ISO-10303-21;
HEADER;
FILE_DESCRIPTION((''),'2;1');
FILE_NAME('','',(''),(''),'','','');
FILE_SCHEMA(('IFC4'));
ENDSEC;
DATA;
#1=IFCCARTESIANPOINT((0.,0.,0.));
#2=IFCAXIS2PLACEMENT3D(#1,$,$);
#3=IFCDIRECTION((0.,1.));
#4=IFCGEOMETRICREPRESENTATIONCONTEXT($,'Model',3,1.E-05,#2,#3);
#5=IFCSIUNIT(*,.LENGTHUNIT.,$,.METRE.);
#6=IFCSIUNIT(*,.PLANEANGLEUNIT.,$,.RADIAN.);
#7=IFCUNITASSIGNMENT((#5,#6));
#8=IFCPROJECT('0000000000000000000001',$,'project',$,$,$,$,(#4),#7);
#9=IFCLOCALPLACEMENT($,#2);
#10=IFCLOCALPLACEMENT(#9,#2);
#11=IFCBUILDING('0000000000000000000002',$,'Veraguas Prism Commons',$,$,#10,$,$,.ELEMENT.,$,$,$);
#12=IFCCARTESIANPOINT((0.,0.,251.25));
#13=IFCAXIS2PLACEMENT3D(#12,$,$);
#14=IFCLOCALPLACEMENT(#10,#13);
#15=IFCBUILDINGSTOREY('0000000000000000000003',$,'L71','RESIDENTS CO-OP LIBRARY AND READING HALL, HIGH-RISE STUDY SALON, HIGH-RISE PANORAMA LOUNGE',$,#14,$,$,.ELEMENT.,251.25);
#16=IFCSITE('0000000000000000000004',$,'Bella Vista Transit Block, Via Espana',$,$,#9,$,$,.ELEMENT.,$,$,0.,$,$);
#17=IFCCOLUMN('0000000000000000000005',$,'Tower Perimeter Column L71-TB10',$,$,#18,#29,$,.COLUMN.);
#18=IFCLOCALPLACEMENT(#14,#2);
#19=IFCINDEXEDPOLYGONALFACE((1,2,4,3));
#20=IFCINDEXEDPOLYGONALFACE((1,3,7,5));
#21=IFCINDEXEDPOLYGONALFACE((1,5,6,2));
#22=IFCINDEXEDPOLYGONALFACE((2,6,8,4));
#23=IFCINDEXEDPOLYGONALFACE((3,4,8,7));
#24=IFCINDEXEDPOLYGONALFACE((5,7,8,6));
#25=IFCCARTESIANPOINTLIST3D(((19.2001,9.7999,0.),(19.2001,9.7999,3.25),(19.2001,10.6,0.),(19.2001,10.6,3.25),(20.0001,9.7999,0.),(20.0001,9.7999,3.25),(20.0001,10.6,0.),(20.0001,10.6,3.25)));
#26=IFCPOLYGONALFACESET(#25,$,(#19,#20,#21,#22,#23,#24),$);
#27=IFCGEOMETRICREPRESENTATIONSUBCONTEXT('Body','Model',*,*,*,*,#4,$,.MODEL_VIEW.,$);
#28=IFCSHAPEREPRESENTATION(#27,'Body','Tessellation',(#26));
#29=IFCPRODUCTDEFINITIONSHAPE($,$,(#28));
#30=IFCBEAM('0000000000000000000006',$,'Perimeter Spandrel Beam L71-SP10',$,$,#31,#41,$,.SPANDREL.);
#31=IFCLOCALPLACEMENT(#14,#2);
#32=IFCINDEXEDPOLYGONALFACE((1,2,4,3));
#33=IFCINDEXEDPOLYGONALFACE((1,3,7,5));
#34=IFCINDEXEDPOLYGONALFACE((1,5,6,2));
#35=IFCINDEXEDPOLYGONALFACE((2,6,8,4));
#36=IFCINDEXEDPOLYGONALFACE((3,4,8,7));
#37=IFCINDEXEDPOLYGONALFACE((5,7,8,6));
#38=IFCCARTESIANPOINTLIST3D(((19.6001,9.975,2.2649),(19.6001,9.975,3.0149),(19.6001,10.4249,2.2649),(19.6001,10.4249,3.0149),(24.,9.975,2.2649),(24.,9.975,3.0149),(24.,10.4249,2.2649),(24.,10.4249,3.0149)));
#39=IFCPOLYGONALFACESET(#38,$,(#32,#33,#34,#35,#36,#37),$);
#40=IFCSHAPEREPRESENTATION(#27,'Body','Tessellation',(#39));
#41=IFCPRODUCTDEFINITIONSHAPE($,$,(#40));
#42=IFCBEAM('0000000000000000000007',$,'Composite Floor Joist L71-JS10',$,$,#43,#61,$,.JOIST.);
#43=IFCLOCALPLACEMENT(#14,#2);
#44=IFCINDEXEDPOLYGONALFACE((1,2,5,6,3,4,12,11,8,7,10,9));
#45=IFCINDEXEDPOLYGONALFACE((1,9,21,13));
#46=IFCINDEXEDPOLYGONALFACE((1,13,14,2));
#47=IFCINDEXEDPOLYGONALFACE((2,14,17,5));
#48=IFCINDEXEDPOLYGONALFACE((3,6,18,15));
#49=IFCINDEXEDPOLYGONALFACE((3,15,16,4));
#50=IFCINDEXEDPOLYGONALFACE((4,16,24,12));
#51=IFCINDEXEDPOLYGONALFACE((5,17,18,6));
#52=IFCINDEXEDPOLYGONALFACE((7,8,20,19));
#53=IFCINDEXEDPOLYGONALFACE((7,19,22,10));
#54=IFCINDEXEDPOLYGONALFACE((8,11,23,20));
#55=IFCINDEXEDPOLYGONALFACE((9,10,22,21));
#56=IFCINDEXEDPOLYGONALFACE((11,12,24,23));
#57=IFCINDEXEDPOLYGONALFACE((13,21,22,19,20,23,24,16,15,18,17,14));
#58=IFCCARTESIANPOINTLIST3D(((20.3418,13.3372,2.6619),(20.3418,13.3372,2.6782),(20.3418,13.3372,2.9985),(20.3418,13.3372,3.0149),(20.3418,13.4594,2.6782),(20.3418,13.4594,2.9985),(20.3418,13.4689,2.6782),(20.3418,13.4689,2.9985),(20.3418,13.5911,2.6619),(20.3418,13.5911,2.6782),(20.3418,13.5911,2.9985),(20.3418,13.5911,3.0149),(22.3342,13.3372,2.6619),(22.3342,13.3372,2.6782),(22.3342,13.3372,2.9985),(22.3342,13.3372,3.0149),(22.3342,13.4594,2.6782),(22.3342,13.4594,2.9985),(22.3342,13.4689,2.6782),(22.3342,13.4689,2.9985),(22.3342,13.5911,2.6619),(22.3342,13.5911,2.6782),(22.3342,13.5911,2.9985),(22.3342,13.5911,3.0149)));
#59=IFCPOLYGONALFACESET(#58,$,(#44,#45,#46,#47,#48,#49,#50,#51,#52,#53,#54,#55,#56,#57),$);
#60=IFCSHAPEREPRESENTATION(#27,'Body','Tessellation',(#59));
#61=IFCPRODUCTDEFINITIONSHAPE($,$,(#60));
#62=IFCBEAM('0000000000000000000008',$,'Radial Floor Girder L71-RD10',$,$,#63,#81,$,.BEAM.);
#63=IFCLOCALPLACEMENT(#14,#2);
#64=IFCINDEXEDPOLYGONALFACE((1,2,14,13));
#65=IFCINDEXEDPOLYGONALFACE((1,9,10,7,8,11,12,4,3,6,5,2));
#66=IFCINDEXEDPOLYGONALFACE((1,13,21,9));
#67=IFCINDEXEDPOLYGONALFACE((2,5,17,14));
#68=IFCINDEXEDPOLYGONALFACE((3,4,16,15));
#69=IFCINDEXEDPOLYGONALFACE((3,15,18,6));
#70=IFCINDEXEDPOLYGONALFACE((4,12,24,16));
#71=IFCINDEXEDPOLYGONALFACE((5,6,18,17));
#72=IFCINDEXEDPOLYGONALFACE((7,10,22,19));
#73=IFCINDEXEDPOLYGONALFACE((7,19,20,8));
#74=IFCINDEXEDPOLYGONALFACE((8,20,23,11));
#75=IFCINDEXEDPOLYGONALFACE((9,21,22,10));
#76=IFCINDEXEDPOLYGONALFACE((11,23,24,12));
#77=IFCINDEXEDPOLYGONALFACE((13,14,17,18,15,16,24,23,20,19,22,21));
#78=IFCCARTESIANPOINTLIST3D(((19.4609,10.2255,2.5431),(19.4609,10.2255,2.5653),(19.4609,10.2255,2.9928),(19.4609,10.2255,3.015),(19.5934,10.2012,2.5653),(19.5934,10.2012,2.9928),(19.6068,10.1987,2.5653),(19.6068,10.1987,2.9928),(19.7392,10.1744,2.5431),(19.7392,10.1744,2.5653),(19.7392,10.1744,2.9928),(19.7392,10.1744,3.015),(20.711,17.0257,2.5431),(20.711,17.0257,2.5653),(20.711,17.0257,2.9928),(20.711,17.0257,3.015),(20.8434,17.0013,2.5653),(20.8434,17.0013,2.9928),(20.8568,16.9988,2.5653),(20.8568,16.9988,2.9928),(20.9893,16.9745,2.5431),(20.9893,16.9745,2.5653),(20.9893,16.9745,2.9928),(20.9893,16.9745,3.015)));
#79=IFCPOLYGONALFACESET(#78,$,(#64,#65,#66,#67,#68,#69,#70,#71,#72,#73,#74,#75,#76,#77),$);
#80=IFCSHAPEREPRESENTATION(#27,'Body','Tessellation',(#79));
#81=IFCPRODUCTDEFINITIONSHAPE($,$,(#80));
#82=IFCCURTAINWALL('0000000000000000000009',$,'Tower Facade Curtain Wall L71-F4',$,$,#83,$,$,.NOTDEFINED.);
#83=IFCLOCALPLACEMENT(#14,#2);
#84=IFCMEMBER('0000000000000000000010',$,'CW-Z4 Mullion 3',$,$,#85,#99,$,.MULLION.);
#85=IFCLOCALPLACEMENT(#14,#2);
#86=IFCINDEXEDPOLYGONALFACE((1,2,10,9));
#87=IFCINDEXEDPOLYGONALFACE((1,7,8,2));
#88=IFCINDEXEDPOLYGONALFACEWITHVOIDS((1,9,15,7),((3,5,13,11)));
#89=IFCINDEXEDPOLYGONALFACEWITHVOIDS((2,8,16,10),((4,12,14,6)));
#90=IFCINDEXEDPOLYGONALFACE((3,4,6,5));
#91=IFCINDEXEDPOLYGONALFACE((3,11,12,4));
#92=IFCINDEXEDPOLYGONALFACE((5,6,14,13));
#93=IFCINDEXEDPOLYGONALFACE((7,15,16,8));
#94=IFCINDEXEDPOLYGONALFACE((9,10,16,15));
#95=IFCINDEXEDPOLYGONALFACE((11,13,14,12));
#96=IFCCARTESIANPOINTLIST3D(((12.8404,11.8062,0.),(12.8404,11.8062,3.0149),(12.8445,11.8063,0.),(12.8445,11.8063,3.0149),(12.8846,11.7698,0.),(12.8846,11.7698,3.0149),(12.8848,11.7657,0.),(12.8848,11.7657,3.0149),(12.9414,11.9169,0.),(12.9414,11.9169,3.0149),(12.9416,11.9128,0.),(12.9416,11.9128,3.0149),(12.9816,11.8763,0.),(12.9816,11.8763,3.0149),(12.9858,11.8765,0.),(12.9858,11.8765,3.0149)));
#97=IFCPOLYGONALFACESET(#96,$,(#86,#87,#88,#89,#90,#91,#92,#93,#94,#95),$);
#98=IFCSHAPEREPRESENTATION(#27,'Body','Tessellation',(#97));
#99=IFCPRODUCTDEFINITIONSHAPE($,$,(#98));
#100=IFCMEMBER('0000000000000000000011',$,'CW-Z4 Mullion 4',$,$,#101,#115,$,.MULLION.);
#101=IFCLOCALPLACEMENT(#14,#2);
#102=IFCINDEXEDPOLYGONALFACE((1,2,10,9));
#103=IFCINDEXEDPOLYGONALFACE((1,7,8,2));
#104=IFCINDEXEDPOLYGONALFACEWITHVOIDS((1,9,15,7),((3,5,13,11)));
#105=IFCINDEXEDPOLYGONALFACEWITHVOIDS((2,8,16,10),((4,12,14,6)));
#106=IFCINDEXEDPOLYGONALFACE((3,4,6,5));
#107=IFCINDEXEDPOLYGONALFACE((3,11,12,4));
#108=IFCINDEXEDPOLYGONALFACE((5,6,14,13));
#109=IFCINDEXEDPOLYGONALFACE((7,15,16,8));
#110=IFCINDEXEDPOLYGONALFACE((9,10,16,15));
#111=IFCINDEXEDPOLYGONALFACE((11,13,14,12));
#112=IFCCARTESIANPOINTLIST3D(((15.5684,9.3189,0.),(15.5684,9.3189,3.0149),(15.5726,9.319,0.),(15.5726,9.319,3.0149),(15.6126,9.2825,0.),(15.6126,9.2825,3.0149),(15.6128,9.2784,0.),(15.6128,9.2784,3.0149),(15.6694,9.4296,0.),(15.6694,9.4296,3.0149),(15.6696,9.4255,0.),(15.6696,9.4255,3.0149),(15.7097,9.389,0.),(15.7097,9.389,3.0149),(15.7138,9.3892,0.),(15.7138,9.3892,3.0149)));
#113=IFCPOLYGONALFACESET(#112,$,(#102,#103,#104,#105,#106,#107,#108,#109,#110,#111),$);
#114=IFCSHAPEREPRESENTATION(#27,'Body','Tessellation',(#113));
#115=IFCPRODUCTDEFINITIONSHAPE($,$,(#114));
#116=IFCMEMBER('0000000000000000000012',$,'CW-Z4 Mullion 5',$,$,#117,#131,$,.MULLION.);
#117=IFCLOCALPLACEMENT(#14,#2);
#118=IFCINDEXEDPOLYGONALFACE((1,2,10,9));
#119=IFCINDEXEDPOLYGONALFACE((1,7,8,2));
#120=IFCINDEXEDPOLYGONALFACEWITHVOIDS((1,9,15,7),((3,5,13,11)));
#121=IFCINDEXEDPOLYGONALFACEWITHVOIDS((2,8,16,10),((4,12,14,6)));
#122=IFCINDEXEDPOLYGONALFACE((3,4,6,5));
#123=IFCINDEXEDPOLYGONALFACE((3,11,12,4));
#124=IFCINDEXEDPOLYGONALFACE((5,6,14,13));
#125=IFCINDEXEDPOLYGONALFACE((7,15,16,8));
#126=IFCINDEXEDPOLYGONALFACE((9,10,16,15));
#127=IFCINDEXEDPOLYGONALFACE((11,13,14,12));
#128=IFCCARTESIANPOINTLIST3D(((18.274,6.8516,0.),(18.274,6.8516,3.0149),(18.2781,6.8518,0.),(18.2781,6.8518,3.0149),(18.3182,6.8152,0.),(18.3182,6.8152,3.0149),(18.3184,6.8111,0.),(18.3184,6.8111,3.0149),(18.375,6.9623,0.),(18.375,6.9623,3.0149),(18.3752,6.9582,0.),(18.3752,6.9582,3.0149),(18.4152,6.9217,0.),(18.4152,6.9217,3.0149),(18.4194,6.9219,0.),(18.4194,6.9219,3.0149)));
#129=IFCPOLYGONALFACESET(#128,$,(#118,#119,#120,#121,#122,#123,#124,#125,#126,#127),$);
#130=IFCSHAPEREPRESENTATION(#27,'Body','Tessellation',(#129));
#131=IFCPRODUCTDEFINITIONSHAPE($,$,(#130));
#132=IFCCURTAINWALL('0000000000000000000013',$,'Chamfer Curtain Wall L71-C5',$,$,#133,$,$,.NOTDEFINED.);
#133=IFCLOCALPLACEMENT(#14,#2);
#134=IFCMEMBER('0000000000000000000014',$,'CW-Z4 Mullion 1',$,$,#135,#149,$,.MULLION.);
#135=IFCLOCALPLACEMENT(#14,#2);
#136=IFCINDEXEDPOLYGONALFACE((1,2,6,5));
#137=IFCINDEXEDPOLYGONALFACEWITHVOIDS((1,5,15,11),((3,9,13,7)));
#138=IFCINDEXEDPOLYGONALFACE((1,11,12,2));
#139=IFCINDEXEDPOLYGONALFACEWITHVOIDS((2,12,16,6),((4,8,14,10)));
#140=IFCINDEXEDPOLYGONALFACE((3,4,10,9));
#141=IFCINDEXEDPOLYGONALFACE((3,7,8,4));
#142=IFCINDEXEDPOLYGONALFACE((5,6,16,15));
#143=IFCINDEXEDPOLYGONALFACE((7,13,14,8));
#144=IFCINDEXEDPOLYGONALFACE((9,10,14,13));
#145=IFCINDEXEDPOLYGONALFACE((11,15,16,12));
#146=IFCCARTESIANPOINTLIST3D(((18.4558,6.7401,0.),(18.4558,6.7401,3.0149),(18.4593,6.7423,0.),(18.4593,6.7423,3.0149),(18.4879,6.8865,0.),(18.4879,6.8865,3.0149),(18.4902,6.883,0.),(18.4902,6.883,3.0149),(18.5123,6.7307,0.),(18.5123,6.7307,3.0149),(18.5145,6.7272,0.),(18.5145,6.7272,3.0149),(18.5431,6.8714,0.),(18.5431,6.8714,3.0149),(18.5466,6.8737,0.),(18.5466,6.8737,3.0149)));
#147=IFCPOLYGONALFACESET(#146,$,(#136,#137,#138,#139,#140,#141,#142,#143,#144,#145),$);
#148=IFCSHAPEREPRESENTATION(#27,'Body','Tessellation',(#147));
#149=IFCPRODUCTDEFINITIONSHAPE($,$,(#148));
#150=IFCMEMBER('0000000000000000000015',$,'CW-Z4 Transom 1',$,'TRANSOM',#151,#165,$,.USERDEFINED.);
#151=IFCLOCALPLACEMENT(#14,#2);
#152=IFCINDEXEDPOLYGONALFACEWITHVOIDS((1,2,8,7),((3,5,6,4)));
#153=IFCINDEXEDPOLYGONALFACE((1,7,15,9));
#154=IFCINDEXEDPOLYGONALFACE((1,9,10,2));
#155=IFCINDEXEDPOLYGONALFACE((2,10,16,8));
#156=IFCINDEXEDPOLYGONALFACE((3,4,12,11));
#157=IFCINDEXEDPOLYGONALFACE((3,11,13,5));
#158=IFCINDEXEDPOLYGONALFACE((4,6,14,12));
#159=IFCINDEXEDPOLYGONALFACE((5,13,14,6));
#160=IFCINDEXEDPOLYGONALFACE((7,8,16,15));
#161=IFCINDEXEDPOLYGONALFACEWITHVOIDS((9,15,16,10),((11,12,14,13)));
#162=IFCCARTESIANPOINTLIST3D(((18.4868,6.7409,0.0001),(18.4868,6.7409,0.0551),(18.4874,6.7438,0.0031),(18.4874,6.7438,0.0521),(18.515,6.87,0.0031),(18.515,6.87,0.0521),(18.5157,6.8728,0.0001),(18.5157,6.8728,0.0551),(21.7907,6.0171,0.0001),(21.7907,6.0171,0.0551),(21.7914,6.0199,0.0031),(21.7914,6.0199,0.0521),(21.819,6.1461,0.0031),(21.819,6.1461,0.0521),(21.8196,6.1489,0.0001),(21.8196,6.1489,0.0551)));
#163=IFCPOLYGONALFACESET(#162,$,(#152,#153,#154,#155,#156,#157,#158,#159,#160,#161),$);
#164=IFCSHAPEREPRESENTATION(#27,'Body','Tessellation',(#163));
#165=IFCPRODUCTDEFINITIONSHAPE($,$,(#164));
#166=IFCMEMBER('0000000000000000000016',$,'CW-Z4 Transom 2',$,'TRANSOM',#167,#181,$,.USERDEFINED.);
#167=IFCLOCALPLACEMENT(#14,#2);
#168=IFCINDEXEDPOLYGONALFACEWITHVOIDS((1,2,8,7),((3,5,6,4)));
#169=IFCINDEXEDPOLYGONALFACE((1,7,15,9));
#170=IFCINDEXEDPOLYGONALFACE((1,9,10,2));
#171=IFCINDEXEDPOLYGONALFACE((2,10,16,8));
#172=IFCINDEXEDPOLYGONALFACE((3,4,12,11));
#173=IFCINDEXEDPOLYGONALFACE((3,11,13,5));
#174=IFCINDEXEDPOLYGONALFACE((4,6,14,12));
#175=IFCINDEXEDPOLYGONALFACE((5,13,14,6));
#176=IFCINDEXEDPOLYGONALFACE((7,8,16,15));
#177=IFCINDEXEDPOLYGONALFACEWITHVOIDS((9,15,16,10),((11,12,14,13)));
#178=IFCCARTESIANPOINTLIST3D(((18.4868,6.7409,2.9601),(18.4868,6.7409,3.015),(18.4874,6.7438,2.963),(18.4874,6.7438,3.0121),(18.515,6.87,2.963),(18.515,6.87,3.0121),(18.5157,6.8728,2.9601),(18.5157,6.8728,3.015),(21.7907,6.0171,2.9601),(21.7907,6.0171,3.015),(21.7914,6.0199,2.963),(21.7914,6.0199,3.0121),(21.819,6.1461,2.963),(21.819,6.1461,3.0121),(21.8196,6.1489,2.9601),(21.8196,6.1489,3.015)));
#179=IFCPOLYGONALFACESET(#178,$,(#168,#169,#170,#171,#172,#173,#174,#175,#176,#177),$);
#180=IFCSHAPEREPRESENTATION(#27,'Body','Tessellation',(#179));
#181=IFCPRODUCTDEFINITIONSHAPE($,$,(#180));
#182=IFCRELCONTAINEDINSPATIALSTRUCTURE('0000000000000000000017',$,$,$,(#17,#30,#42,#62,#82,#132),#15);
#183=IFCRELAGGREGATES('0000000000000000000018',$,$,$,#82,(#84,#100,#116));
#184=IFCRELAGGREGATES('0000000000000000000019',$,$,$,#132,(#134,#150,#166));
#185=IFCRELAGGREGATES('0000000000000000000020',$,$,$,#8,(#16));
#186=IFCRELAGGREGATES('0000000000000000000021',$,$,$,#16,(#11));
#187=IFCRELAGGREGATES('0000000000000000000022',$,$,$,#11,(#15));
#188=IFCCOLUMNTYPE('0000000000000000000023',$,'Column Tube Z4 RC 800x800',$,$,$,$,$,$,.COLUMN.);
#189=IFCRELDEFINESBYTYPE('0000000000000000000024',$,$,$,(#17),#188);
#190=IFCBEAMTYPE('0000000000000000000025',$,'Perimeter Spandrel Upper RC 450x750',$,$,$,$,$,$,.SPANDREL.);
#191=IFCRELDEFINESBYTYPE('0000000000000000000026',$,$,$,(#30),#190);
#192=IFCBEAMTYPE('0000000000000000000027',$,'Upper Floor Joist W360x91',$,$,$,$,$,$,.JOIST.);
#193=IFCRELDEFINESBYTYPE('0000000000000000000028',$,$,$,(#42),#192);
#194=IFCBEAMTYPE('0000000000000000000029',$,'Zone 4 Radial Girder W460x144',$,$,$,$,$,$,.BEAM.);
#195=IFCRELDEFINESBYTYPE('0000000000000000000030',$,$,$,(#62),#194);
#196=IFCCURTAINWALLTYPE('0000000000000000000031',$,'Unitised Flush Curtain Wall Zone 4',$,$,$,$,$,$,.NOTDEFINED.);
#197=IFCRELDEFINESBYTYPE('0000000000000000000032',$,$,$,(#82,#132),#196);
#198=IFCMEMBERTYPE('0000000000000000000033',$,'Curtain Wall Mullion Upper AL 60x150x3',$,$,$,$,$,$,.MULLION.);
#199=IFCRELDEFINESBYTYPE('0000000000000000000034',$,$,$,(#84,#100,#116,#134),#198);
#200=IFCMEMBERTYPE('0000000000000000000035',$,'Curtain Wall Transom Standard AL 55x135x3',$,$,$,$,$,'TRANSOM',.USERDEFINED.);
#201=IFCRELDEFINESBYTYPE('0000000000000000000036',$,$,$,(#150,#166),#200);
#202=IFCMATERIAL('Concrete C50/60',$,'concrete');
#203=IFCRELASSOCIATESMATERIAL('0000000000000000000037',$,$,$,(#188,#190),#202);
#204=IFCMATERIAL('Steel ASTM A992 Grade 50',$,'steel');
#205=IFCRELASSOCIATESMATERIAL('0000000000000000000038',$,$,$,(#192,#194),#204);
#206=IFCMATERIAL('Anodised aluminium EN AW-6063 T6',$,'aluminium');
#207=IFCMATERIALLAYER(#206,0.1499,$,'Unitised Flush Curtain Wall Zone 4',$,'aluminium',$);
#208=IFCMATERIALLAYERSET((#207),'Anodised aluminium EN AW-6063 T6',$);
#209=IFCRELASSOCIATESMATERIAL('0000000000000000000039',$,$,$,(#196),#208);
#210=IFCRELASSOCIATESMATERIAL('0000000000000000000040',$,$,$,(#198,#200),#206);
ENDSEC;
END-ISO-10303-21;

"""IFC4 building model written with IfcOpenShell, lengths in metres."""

from ifc_helpers import new_model, si_unit, direction, frame, origin, origin_2d, place, context, subcontext, project, spatial, rectangle, hollow_rectangle, i_section, extrude, source, transform, mapped, material, layer, layer_set, material_profile, profile_set, type_object, element, aggregate, save


model = new_model("IFC4")

# Units and contexts
model_context = context("Model", 3, precision=1e-05, world=origin(), true_north=direction((0.0, 1.0)))
body_context = subcontext(model_context, "Body", "Model", "MODEL_VIEW")
ifc_project = project(units=[si_unit("LENGTHUNIT", "METRE"), si_unit("PLANEANGLEUNIT", "RADIAN")], contexts=[model_context])

# Site, building, storey
site_placement = place(None, origin())
site = spatial("IfcSite", under=ifc_project, at=site_placement, Name="Bella Vista Transit Block, Via Espana", CompositionType="ELEMENT", RefElevation=0.0)
building_placement = place(site_placement, origin())
building = spatial("IfcBuilding", under=site, at=building_placement, Name="Veraguas Prism Commons", CompositionType="ELEMENT")
storey_placement = place(building_placement, frame((0.0, 0.0, 251.25)))
storey = spatial("IfcBuildingStorey", under=building, at=storey_placement, Name="L71", Description="RESIDENTS CO-OP LIBRARY AND READING HALL, HIGH-RISE STUDY SALON, HIGH-RISE PANORAMA LOUNGE", CompositionType="ELEMENT", Elevation=251.25)

# Column
ifc_material_1 = material(Name="Concrete C50/60", Category="concrete")
ifc_material_profile_1 = material_profile(ifc_material_1, rectangle(XDim=0.8, YDim=0.8, at=origin_2d()), Name="RC800X800")
ifc_profile_set_1 = profile_set([ifc_material_profile_1], Name="Concrete C50/60")
column_type = type_object("IfcColumnType", Name="Column Tube Z4 RC 800x800", PredefinedType="COLUMN", material=ifc_profile_set_1)
column_placement = place(storey_placement, frame((19.6001, 10.2, 0.0), z_axis=(0.0, 0.0, 1.0), x_axis=(1.0, 0.0, 0.0)))
element("IfcColumn", 1, at=column_placement, inside=storey, type_object=column_type, Name="Tower Perimeter Column L71-TB10", PredefinedType="COLUMN", context=body_context, shape_type="SweptSolid", body=[
    extrude(rectangle(XDim=0.8, YDim=0.8, at=origin_2d()), origin(), (0.0, 0.0, 1.0), 3.25),
])

# Beams
ifc_material_profile_2 = material_profile(ifc_material_1, rectangle(XDim=0.45, YDim=0.75, at=origin_2d()), Name="RC450X750")
ifc_profile_set_2 = profile_set([ifc_material_profile_2], Name="Concrete C50/60")
beam_type_1 = type_object("IfcBeamType", Name="Perimeter Spandrel Upper RC 450x750", PredefinedType="SPANDREL", material=ifc_profile_set_2)
beam_1_placement = place(storey_placement, frame((19.6001, 10.2, 2.6399), z_axis=(1.0, 0.0, 0.0), x_axis=(0.0, 1.0, 0.0)))
element("IfcBeam", 2, at=beam_1_placement, inside=storey, type_object=beam_type_1, Name="Perimeter Spandrel Beam L71-SP10", PredefinedType="SPANDREL", context=body_context, shape_type="SweptSolid", body=[
    extrude(rectangle(XDim=0.45, YDim=0.75, at=origin_2d()), origin(), (0.0, 0.0, 1.0), 4.3999),
])
ifc_material_2 = material(Name="Steel ASTM A992 Grade 50", Category="steel")
ifc_material_profile_3 = material_profile(ifc_material_2, i_section(OverallWidth=0.2539, OverallDepth=0.353, WebThickness=0.0095, FlangeThickness=0.0164, at=origin_2d()), Name="W360X91")
ifc_profile_set_3 = profile_set([ifc_material_profile_3], Name="Steel ASTM A992 Grade 50")
beam_type_2 = type_object("IfcBeamType", Name="Upper Floor Joist W360x91", PredefinedType="JOIST", material=ifc_profile_set_3)
beam_2_placement = place(storey_placement, frame((20.3418, 13.4641, 2.8384), z_axis=(1.0, 0.0, 0.0), x_axis=(0.0, 1.0, 0.0)))
element("IfcBeam", 3, at=beam_2_placement, inside=storey, type_object=beam_type_2, Name="Composite Floor Joist L71-JS10", PredefinedType="JOIST", context=body_context, shape_type="SweptSolid", body=[
    extrude(i_section(OverallWidth=0.2539, OverallDepth=0.353, WebThickness=0.0095, FlangeThickness=0.0164, at=origin_2d()), origin(), (0.0, 0.0, 1.0), 1.9924),
])
ifc_material_profile_4 = material_profile(ifc_material_2, i_section(OverallWidth=0.283, OverallDepth=0.4719, WebThickness=0.0137, FlangeThickness=0.0222, at=origin_2d()), Name="W460X144")
ifc_profile_set_4 = profile_set([ifc_material_profile_4], Name="Steel ASTM A992 Grade 50")
beam_type_3 = type_object("IfcBeamType", Name="Zone 4 Radial Girder W460x144", PredefinedType="BEAM", material=ifc_profile_set_4)
beam_3_placement = place(storey_placement, frame((19.6001, 10.2, 2.7791), z_axis=(0.180793, 0.983521, 0.0), x_axis=(-0.983521, 0.180793, 0.0)))
element("IfcBeam", 4, at=beam_3_placement, inside=storey, type_object=beam_type_3, Name="Radial Floor Girder L71-RD10", PredefinedType="BEAM", context=body_context, shape_type="SweptSolid", body=[
    extrude(i_section(OverallWidth=0.283, OverallDepth=0.4719, WebThickness=0.0137, FlangeThickness=0.0222, at=origin_2d()), origin(), (0.0, 0.0, 1.0), 6.9141),
])

# Curtain walls, members
ifc_material_3 = material(Name="Anodised aluminium EN AW-6063 T6", Category="aluminium")
ifc_layer_1 = layer(ifc_material_3, 0.1499, Name="Unitised Flush Curtain Wall Zone 4", Category="aluminium")
ifc_layer_set_1 = layer_set([ifc_layer_1], Name="Anodised aluminium EN AW-6063 T6")
curtain_wall_type = type_object("IfcCurtainWallType", Name="Unitised Flush Curtain Wall Zone 4", PredefinedType="NOTDEFINED", material=ifc_layer_set_1)
curtain_wall_1_placement = place(storey_placement, origin())
curtain_wall_1 = element("IfcCurtainWall", 5, at=curtain_wall_1_placement, inside=storey, type_object=curtain_wall_type, Name="Tower Facade Curtain Wall L71-F4", PredefinedType="NOTDEFINED")
ifc_material_profile_5 = material_profile(ifc_material_3, hollow_rectangle(XDim=0.0601, YDim=0.1499, WallThickness=0.0029, at=origin_2d()), Name="AL60X150X3")
ifc_profile_set_5 = profile_set([ifc_material_profile_5], Name="Anodised aluminium EN AW-6063 T6")
member_type_1 = type_object("IfcMemberType", Name="Curtain Wall Mullion Upper AL 60x150x3", PredefinedType="MULLION", material=ifc_profile_set_5)
shared_shape_1 = source(origin(), body_context, "Body", "SweptSolid", [
    extrude(hollow_rectangle(XDim=0.0601, YDim=0.1499, WallThickness=0.0029, at=origin_2d()), origin(), (0.0, 0.0, 1.0), 3.0149),
])
member_1_placement = place(storey_placement, frame((12.9131, 11.8413, 0.0), z_axis=(0.0, 0.0, 1.0), x_axis=(0.738926, -0.673787, 0.0)))
member_1 = element("IfcMember", 6, at=member_1_placement, type_object=member_type_1, Name="CW-Z4 Mullion 3", PredefinedType="MULLION", context=body_context, shape_type="MappedRepresentation", body=[
    mapped(shared_shape_1, transform((0.0, 0.0, 0.0), scale=1.0)),
])
member_2_placement = place(storey_placement, frame((15.6411, 9.354, 0.0), z_axis=(0.0, 0.0, 1.0), x_axis=(0.738926, -0.673787, 0.0)))
member_2 = element("IfcMember", 7, at=member_2_placement, type_object=member_type_1, Name="CW-Z4 Mullion 4", PredefinedType="MULLION", context=body_context, shape_type="MappedRepresentation", body=[
    mapped(shared_shape_1, transform((0.0, 0.0, 0.0), scale=1.0)),
])
member_3_placement = place(storey_placement, frame((18.3467, 6.8867, 0.0), z_axis=(0.0, 0.0, 1.0), x_axis=(0.738926, -0.673787, 0.0)))
member_3 = element("IfcMember", 8, at=member_3_placement, type_object=member_type_1, Name="CW-Z4 Mullion 5", PredefinedType="MULLION", context=body_context, shape_type="MappedRepresentation", body=[
    mapped(shared_shape_1, transform((0.0, 0.0, 0.0), scale=1.0)),
])
curtain_wall_2_placement = place(storey_placement, origin())
curtain_wall_2 = element("IfcCurtainWall", 9, at=curtain_wall_2_placement, inside=storey, type_object=curtain_wall_type, Name="Chamfer Curtain Wall L71-C5", PredefinedType="NOTDEFINED")
member_4_placement = place(storey_placement, frame((18.5012, 6.8069, 0.0), z_axis=(0.0, 0.0, 1.0), x_axis=(0.97682, -0.21406, 0.0)))
member_4 = element("IfcMember", 10, at=member_4_placement, type_object=member_type_1, Name="CW-Z4 Mullion 1", PredefinedType="MULLION", context=body_context, shape_type="MappedRepresentation", body=[
    mapped(shared_shape_1, transform((0.0, 0.0, 0.0), scale=1.0)),
])
ifc_material_profile_6 = material_profile(ifc_material_3, hollow_rectangle(XDim=0.0549, YDim=0.135, WallThickness=0.0029, at=origin_2d()), Name="AL55X135X3")
ifc_profile_set_6 = profile_set([ifc_material_profile_6], Name="Anodised aluminium EN AW-6063 T6")
member_type_2 = type_object("IfcMemberType", Name="Curtain Wall Transom Standard AL 55x135x3", ElementType="TRANSOM", PredefinedType="USERDEFINED", material=ifc_profile_set_6)
shared_shape_2 = source(origin(), body_context, "Body", "SweptSolid", [
    extrude(hollow_rectangle(XDim=0.0549, YDim=0.135, WallThickness=0.0029, at=origin_2d()), origin(), (0.0, 0.0, 1.0), 3.3823),
])
member_5_placement = place(storey_placement, frame((18.5012, 6.8069, 0.0276), z_axis=(0.97683, -0.214018, 0.0), x_axis=(0.0, 0.0, 1.0)))
member_5 = element("IfcMember", 11, at=member_5_placement, type_object=member_type_2, Name="CW-Z4 Transom 1", ObjectType="TRANSOM", PredefinedType="USERDEFINED", context=body_context, shape_type="MappedRepresentation", body=[
    mapped(shared_shape_2, transform((0.0, 0.0, 0.0), scale=1.0)),
])
member_6_placement = place(storey_placement, frame((18.5012, 6.8069, 2.9875), z_axis=(0.97683, -0.214018, 0.0), x_axis=(0.0, 0.0, 1.0)))
member_6 = element("IfcMember", 12, at=member_6_placement, type_object=member_type_2, Name="CW-Z4 Transom 2", ObjectType="TRANSOM", PredefinedType="USERDEFINED", context=body_context, shape_type="MappedRepresentation", body=[
    mapped(shared_shape_2, transform((0.0, 0.0, 0.0), scale=1.0)),
])

aggregate(curtain_wall_1, [member_1, member_2, member_3])
aggregate(curtain_wall_2, [member_4, member_5, member_6])

save(model, "model.ifc")
